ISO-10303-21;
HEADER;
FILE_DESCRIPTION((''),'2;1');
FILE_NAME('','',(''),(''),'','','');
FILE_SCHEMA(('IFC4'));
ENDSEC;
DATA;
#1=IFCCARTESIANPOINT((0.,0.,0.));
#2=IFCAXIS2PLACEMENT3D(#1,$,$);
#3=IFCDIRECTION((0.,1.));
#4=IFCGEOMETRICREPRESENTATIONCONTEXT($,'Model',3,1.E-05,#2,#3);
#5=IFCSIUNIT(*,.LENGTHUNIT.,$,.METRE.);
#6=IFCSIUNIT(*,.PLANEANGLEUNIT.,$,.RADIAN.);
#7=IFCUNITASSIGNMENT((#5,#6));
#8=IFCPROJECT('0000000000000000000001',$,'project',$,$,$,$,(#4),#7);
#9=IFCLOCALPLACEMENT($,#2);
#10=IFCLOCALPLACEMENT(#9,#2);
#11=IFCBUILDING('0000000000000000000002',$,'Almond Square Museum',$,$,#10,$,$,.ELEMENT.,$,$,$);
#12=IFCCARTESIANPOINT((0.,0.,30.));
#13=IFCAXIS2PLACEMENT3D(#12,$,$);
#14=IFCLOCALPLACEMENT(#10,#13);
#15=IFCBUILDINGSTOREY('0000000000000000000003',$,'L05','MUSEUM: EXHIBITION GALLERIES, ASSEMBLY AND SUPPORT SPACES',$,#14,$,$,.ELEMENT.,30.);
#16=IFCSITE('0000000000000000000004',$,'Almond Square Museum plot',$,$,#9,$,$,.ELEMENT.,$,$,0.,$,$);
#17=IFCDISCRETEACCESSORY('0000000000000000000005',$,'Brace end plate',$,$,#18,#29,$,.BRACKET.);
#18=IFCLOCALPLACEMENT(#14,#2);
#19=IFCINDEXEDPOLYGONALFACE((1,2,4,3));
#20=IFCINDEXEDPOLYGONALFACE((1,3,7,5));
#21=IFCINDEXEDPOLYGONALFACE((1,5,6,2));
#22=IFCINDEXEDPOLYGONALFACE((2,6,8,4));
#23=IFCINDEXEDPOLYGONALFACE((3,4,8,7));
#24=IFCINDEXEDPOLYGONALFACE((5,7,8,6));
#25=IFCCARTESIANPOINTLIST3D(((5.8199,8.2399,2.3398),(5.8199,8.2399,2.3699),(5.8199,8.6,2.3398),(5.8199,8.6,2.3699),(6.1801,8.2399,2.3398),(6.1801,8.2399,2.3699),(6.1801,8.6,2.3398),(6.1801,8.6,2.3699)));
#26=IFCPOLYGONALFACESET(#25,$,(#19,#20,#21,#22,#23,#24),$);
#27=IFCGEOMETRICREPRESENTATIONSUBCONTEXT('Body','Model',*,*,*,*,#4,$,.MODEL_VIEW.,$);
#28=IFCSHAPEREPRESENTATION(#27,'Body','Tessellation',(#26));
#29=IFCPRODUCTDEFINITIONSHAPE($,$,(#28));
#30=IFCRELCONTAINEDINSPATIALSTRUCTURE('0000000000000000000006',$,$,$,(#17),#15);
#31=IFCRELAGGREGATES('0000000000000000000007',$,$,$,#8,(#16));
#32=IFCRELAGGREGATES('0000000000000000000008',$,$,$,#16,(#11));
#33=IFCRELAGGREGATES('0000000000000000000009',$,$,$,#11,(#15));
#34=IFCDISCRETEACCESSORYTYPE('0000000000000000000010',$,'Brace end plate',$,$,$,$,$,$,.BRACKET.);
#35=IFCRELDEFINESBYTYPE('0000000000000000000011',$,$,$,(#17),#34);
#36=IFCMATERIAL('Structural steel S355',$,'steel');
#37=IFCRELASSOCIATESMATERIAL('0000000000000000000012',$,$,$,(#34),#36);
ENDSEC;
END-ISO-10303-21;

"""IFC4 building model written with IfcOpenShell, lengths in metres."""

from ifc_helpers import new_model, si_unit, direction, frame, origin, origin_2d, place, context, subcontext, project, spatial, rectangle, extrude, material, type_object, element, save


model = new_model("IFC4")

# Units and contexts
model_context = context("Model", 3, precision=1e-05, world=origin(), true_north=direction((0.0, 1.0)))
body_context = subcontext(model_context, "Body", "Model", "MODEL_VIEW")
ifc_project = project(units=[si_unit("LENGTHUNIT", "METRE"), si_unit("PLANEANGLEUNIT", "RADIAN")], contexts=[model_context])

# Site, building, storey
site_placement = place(None, origin())
site = spatial("IfcSite", under=ifc_project, at=site_placement, Name="Almond Square Museum plot", CompositionType="ELEMENT", RefElevation=0.0)
building_placement = place(site_placement, origin())
building = spatial("IfcBuilding", under=site, at=building_placement, Name="Almond Square Museum", CompositionType="ELEMENT")
storey_placement = place(building_placement, frame((0.0, 0.0, 30.0)))
storey = spatial("IfcBuildingStorey", under=building, at=storey_placement, Name="L05", Description="MUSEUM: EXHIBITION GALLERIES, ASSEMBLY AND SUPPORT SPACES", CompositionType="ELEMENT", Elevation=30.0)

# Discrete accessory
ifc_material_1 = material(Name="Structural steel S355", Category="steel")
discrete_accessory_type = type_object("IfcDiscreteAccessoryType", Name="Brace end plate", PredefinedType="BRACKET", material=ifc_material_1)
discrete_accessory_placement = place(storey_placement, frame((6.0, 8.4199, 2.3398), z_axis=(0.0, 0.0, 1.0), x_axis=(1.0, 0.0, 0.0)))
element("IfcDiscreteAccessory", 1, at=discrete_accessory_placement, inside=storey, type_object=discrete_accessory_type, Name="Brace end plate", PredefinedType="BRACKET", context=body_context, shape_type="SweptSolid", body=[
    extrude(rectangle(XDim=0.3601, YDim=0.3601, at=origin_2d()), origin(), (0.0, 0.0, 1.0), 0.03),
])

save(model, "model.ifc")
